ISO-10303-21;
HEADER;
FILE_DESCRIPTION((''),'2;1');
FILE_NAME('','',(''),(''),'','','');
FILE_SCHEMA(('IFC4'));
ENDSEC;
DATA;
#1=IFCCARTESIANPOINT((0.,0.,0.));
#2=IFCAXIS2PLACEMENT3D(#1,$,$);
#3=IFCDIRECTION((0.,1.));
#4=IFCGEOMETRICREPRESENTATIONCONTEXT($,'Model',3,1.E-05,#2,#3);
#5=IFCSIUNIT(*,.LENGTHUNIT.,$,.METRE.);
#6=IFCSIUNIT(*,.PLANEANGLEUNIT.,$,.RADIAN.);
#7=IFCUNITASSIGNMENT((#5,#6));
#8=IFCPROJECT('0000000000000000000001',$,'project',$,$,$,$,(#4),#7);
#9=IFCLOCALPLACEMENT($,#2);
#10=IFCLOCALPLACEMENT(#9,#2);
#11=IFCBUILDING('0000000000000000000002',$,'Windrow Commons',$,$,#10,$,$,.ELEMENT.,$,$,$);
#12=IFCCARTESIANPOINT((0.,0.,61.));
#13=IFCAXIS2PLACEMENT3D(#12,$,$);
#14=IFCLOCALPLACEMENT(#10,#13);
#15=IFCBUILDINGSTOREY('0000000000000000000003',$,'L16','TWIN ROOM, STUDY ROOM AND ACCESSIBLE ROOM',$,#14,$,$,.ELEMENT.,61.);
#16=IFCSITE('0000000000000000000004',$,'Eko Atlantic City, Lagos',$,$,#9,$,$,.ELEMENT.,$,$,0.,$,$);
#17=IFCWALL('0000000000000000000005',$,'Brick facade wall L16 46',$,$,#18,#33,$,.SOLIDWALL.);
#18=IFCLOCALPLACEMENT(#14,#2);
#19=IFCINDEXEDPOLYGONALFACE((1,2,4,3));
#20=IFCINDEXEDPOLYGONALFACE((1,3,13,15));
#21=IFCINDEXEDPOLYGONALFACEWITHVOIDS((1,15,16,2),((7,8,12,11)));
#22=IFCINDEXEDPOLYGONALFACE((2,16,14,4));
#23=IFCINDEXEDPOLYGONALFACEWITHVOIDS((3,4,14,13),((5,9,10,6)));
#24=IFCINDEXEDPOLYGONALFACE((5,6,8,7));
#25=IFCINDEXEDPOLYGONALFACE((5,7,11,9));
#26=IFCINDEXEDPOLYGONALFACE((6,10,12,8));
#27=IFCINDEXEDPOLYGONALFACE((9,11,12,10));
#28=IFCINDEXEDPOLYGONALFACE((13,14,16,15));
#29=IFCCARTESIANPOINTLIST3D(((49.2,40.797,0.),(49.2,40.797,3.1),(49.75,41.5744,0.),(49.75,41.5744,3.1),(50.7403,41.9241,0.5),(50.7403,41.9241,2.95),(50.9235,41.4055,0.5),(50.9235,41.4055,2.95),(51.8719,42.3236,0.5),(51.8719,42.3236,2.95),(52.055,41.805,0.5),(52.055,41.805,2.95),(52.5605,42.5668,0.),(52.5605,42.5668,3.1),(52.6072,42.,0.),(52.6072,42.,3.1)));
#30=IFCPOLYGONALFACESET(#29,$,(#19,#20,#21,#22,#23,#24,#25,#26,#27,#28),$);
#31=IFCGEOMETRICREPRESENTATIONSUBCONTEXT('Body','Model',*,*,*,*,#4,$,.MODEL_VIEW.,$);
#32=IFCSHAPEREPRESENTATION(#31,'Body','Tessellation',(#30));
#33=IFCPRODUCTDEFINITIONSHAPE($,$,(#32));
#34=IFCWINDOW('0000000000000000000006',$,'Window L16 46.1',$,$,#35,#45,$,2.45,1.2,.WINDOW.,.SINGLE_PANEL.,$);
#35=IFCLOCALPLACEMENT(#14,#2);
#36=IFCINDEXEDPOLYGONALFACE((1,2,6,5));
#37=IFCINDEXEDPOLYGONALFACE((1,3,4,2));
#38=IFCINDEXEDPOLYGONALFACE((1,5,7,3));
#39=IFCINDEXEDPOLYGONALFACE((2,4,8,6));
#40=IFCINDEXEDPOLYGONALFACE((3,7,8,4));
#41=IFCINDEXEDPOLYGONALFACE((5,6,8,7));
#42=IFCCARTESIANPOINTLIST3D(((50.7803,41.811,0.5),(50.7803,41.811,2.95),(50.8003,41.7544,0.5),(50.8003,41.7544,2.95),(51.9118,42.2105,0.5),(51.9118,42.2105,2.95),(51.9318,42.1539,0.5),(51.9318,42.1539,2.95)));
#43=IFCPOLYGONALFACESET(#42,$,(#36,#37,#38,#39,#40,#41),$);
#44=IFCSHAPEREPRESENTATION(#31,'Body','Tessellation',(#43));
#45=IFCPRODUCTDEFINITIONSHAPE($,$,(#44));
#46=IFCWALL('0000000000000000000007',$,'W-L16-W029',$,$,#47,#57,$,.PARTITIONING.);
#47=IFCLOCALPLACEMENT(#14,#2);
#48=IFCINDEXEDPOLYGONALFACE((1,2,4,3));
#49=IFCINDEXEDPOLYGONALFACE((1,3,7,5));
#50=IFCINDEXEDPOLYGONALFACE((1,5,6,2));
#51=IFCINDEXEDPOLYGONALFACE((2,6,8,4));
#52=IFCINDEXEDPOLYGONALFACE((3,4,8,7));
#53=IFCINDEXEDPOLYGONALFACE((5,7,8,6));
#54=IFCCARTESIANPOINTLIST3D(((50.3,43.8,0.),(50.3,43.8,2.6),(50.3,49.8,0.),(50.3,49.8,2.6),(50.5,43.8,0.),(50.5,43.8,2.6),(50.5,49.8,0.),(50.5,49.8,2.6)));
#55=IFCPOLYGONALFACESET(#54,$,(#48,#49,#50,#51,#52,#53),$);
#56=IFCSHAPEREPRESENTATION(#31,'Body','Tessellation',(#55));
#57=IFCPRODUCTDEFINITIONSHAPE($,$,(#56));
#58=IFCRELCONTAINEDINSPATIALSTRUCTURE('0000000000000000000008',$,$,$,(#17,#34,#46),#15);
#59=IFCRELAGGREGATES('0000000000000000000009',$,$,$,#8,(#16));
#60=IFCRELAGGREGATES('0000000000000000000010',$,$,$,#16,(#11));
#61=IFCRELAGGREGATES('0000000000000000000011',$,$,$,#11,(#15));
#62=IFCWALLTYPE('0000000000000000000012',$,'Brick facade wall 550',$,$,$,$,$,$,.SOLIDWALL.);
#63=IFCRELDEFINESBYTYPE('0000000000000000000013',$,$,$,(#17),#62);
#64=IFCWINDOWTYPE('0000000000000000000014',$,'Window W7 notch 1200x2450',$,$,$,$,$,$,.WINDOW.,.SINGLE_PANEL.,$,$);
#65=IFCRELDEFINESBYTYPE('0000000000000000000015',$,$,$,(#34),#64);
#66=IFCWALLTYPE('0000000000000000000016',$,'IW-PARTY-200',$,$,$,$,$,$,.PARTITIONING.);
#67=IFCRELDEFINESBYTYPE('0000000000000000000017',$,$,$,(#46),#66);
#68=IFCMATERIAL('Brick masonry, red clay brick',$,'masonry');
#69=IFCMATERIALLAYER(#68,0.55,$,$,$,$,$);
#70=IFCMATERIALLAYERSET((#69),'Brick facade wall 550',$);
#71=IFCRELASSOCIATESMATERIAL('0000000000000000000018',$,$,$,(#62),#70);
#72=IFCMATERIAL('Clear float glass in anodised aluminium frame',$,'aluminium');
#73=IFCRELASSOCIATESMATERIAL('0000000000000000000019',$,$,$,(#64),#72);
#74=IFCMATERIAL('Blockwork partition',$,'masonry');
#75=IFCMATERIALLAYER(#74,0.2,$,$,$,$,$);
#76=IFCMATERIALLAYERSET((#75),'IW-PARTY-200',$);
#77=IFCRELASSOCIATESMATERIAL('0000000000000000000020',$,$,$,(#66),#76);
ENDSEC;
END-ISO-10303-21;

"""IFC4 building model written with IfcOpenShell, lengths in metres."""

from ifc_helpers import new_model, si_unit, direction, frame, frame_2d, origin, place, context, subcontext, project, spatial, polyline, rectangle, outline, extrude, material, layer, layer_set, type_object, element, fill, save


model = new_model("IFC4")

# Units and contexts
model_context = context("Model", 3, precision=1e-05, world=origin(), true_north=direction((0.0, 1.0)))
body_context = subcontext(model_context, "Body", "Model", "MODEL_VIEW")
ifc_project = project(units=[si_unit("LENGTHUNIT", "METRE"), si_unit("PLANEANGLEUNIT", "RADIAN")], contexts=[model_context])

# Site, building, storey
site_placement = place(None, origin())
site = spatial("IfcSite", under=ifc_project, at=site_placement, Name="Eko Atlantic City, Lagos", CompositionType="ELEMENT", RefElevation=0.0)
building_placement = place(site_placement, origin())
building = spatial("IfcBuilding", under=site, at=building_placement, Name="Windrow Commons", CompositionType="ELEMENT")
storey_placement = place(building_placement, frame((0.0, 0.0, 61.0)))
storey = spatial("IfcBuildingStorey", under=building, at=storey_placement, Name="L16", Description="TWIN ROOM, STUDY ROOM AND ACCESSIBLE ROOM", CompositionType="ELEMENT", Elevation=61.0)

# Shared definitions
ifc_material_1 = material(Name="Brick masonry, red clay brick", Category="masonry")
ifc_layer_1 = layer(ifc_material_1, 0.55)
ifc_layer_set_1 = layer_set([ifc_layer_1], Name="Brick facade wall 550")
wall_type_1 = type_object("IfcWallType", Name="Brick facade wall 550", PredefinedType="SOLIDWALL", material=ifc_layer_set_1)
ifc_material_2 = material(Name="Clear float glass in anodised aluminium frame", Category="aluminium")
window_type_1 = type_object("IfcWindowType", Name="Window W7 notch 1200x2450", PartitioningType="SINGLE_PANEL", PredefinedType="WINDOW", material=ifc_material_2)

# Wall, opening, window
wall_1_placement = place(storey_placement, frame((49.475, 41.1857, 0.0), z_axis=(0.0, 0.0, 1.0), x_axis=(0.942948, 0.332939, 0.0)))
wall_1 = element("IfcWall", 1, at=wall_1_placement, inside=storey, type_object=wall_type_1, Name="Brick facade wall L16 46", PredefinedType="SOLIDWALL", context=body_context, shape_type="SweptSolid", body=[
    extrude(outline(polyline([(-0.3887, -0.275), (3.2246, -0.275), (3.3693, 0.275), (0.3887, 0.275), (-0.3887, -0.275)])), origin(), (0.0, 0.0, 1.0), 3.1),
])
opening_1_placement = place(wall_1_placement, frame((1.439, 0.0, 0.5)))
opening_1 = element("IfcOpeningElement", 2, at=opening_1_placement, cuts=wall_1, PredefinedType="OPENING", context=body_context, shape_type="SweptSolid", body=[
    extrude(rectangle(XDim=1.2, YDim=2.45, at=frame_2d((0.6, 1.225))), frame((0.0, 0.285, 0.0), z_axis=(0.0, -1.0, 0.0), x_axis=(1.0, 0.0, 0.0)), (0.0, 0.0, 1.0), 0.57),
])
window_1_placement = place(opening_1_placement, origin())
window_1 = element("IfcWindow", 3, at=window_1_placement, inside=storey, type_object=window_type_1, Name="Window L16 46.1", OverallHeight=2.45, OverallWidth=1.2, PartitioningType="SINGLE_PANEL", PredefinedType="WINDOW", context=body_context, shape_type="SweptSolid", body=[
    extrude(rectangle(XDim=1.2, YDim=2.45, at=frame_2d((0.6, 1.225))), frame((0.0, 0.155, 0.0), z_axis=(0.0, -1.0, 0.0), x_axis=(1.0, 0.0, 0.0)), (0.0, 0.0, 1.0), 0.06),
])
fill(opening_1, window_1)

# Wall
ifc_material_3 = material(Name="Blockwork partition", Category="masonry")
ifc_layer_2 = layer(ifc_material_3, 0.2)
ifc_layer_set_2 = layer_set([ifc_layer_2], Name="IW-PARTY-200")
wall_type_2 = type_object("IfcWallType", Name="IW-PARTY-200", PredefinedType="PARTITIONING", material=ifc_layer_set_2)
wall_2_placement = place(storey_placement, frame((50.4, 43.8, 0.0), z_axis=(0.0, 0.0, 1.0), x_axis=(0.0, 1.0, 0.0)))
element("IfcWall", 4, at=wall_2_placement, inside=storey, type_object=wall_type_2, Name="W-L16-W029", PredefinedType="PARTITIONING", context=body_context, shape_type="SweptSolid", body=[
    extrude(rectangle(XDim=6.0, YDim=0.2, at=frame_2d((3.0, 0.0))), origin(), (0.0, 0.0, 1.0), 2.6),
])

save(model, "model.ifc")
